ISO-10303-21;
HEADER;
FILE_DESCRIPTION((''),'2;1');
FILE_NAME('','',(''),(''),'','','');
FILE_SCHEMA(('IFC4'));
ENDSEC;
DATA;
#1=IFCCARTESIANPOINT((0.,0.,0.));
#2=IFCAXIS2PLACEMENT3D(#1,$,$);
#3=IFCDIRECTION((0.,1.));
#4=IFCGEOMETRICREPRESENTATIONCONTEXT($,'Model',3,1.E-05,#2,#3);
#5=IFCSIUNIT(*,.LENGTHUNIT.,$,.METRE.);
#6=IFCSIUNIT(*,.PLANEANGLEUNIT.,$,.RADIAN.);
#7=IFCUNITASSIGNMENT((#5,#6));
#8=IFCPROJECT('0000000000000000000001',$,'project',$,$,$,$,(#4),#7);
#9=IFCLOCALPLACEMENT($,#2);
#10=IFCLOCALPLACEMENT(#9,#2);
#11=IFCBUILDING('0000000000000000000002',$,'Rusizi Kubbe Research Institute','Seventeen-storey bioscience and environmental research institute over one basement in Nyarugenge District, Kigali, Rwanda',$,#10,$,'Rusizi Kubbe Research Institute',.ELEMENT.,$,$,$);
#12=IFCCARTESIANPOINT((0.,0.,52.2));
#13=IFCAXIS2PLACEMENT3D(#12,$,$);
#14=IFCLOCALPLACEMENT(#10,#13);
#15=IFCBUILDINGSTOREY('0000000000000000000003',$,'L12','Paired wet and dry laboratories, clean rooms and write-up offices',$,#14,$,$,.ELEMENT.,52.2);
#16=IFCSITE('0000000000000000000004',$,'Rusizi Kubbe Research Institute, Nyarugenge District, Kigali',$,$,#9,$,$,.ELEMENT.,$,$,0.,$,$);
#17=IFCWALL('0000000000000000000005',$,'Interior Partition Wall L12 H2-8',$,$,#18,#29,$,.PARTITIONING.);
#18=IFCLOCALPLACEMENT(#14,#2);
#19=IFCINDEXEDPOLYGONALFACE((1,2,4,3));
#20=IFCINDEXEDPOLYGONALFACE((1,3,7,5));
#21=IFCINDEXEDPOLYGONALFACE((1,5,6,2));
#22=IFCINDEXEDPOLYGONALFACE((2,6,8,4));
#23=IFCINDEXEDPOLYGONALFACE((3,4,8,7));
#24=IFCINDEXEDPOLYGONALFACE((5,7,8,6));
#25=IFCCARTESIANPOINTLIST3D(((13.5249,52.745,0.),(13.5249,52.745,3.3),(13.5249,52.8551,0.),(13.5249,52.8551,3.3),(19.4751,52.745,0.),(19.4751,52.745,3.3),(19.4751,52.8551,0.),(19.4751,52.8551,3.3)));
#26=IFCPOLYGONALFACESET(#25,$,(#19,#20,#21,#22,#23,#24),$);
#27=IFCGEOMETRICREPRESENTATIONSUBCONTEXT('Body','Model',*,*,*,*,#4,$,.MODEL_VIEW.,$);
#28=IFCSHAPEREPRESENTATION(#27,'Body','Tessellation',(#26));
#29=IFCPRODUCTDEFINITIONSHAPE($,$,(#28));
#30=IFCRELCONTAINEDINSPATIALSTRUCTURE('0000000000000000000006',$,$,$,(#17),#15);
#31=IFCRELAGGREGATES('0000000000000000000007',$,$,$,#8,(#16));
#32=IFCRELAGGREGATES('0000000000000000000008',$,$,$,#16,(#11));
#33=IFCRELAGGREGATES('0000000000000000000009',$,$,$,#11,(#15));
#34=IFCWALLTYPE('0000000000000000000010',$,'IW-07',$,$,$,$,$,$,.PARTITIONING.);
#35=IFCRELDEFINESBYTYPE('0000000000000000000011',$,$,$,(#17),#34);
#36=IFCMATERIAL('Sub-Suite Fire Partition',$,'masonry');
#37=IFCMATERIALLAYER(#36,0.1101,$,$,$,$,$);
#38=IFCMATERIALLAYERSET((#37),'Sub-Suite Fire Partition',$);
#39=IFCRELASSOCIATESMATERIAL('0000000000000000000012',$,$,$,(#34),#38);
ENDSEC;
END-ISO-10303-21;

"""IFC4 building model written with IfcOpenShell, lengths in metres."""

from ifc_helpers import new_model, si_unit, direction, frame, frame_2d, origin, place, context, subcontext, project, spatial, rectangle, extrude, material, layer, layer_set, type_object, element, save


model = new_model("IFC4")

# Units and contexts
model_context = context("Model", 3, precision=1e-05, world=origin(), true_north=direction((0.0, 1.0)))
body_context = subcontext(model_context, "Body", "Model", "MODEL_VIEW")
ifc_project = project(units=[si_unit("LENGTHUNIT", "METRE"), si_unit("PLANEANGLEUNIT", "RADIAN")], contexts=[model_context])

# Site, building, storey
site_placement = place(None, origin())
site = spatial("IfcSite", under=ifc_project, at=site_placement, Name="Rusizi Kubbe Research Institute, Nyarugenge District, Kigali", CompositionType="ELEMENT", RefElevation=0.0)
building_placement = place(site_placement, origin())
building = spatial("IfcBuilding", under=site, at=building_placement, Name="Rusizi Kubbe Research Institute", Description="Seventeen-storey bioscience and environmental research institute over one basement in Nyarugenge District, Kigali, Rwanda", LongName="Rusizi Kubbe Research Institute", CompositionType="ELEMENT")
storey_placement = place(building_placement, frame((0.0, 0.0, 52.2)))
storey = spatial("IfcBuildingStorey", under=building, at=storey_placement, Name="L12", Description="Paired wet and dry laboratories, clean rooms and write-up offices", CompositionType="ELEMENT", Elevation=52.2)

# Wall
ifc_material_1 = material(Name="Sub-Suite Fire Partition", Category="masonry")
ifc_layer_1 = layer(ifc_material_1, 0.1101)
ifc_layer_set_1 = layer_set([ifc_layer_1], Name="Sub-Suite Fire Partition")
wall_type_1 = type_object("IfcWallType", Name="IW-07", PredefinedType="PARTITIONING", material=ifc_layer_set_1)
wall_1_placement = place(storey_placement, frame((13.5249, 52.8, 0.0), z_axis=(0.0, 0.0, 1.0), x_axis=(1.0, 0.0, 0.0)))
element("IfcWall", 1, at=wall_1_placement, inside=storey, type_object=wall_type_1, Name="Interior Partition Wall L12 H2-8", PredefinedType="PARTITIONING", context=body_context, shape_type="SweptSolid", body=[
    extrude(rectangle(XDim=5.9502, YDim=0.1101, at=frame_2d((2.9751, 0.0))), origin(), (0.0, 0.0, 1.0), 3.3),
])

save(model, "model.ifc")
